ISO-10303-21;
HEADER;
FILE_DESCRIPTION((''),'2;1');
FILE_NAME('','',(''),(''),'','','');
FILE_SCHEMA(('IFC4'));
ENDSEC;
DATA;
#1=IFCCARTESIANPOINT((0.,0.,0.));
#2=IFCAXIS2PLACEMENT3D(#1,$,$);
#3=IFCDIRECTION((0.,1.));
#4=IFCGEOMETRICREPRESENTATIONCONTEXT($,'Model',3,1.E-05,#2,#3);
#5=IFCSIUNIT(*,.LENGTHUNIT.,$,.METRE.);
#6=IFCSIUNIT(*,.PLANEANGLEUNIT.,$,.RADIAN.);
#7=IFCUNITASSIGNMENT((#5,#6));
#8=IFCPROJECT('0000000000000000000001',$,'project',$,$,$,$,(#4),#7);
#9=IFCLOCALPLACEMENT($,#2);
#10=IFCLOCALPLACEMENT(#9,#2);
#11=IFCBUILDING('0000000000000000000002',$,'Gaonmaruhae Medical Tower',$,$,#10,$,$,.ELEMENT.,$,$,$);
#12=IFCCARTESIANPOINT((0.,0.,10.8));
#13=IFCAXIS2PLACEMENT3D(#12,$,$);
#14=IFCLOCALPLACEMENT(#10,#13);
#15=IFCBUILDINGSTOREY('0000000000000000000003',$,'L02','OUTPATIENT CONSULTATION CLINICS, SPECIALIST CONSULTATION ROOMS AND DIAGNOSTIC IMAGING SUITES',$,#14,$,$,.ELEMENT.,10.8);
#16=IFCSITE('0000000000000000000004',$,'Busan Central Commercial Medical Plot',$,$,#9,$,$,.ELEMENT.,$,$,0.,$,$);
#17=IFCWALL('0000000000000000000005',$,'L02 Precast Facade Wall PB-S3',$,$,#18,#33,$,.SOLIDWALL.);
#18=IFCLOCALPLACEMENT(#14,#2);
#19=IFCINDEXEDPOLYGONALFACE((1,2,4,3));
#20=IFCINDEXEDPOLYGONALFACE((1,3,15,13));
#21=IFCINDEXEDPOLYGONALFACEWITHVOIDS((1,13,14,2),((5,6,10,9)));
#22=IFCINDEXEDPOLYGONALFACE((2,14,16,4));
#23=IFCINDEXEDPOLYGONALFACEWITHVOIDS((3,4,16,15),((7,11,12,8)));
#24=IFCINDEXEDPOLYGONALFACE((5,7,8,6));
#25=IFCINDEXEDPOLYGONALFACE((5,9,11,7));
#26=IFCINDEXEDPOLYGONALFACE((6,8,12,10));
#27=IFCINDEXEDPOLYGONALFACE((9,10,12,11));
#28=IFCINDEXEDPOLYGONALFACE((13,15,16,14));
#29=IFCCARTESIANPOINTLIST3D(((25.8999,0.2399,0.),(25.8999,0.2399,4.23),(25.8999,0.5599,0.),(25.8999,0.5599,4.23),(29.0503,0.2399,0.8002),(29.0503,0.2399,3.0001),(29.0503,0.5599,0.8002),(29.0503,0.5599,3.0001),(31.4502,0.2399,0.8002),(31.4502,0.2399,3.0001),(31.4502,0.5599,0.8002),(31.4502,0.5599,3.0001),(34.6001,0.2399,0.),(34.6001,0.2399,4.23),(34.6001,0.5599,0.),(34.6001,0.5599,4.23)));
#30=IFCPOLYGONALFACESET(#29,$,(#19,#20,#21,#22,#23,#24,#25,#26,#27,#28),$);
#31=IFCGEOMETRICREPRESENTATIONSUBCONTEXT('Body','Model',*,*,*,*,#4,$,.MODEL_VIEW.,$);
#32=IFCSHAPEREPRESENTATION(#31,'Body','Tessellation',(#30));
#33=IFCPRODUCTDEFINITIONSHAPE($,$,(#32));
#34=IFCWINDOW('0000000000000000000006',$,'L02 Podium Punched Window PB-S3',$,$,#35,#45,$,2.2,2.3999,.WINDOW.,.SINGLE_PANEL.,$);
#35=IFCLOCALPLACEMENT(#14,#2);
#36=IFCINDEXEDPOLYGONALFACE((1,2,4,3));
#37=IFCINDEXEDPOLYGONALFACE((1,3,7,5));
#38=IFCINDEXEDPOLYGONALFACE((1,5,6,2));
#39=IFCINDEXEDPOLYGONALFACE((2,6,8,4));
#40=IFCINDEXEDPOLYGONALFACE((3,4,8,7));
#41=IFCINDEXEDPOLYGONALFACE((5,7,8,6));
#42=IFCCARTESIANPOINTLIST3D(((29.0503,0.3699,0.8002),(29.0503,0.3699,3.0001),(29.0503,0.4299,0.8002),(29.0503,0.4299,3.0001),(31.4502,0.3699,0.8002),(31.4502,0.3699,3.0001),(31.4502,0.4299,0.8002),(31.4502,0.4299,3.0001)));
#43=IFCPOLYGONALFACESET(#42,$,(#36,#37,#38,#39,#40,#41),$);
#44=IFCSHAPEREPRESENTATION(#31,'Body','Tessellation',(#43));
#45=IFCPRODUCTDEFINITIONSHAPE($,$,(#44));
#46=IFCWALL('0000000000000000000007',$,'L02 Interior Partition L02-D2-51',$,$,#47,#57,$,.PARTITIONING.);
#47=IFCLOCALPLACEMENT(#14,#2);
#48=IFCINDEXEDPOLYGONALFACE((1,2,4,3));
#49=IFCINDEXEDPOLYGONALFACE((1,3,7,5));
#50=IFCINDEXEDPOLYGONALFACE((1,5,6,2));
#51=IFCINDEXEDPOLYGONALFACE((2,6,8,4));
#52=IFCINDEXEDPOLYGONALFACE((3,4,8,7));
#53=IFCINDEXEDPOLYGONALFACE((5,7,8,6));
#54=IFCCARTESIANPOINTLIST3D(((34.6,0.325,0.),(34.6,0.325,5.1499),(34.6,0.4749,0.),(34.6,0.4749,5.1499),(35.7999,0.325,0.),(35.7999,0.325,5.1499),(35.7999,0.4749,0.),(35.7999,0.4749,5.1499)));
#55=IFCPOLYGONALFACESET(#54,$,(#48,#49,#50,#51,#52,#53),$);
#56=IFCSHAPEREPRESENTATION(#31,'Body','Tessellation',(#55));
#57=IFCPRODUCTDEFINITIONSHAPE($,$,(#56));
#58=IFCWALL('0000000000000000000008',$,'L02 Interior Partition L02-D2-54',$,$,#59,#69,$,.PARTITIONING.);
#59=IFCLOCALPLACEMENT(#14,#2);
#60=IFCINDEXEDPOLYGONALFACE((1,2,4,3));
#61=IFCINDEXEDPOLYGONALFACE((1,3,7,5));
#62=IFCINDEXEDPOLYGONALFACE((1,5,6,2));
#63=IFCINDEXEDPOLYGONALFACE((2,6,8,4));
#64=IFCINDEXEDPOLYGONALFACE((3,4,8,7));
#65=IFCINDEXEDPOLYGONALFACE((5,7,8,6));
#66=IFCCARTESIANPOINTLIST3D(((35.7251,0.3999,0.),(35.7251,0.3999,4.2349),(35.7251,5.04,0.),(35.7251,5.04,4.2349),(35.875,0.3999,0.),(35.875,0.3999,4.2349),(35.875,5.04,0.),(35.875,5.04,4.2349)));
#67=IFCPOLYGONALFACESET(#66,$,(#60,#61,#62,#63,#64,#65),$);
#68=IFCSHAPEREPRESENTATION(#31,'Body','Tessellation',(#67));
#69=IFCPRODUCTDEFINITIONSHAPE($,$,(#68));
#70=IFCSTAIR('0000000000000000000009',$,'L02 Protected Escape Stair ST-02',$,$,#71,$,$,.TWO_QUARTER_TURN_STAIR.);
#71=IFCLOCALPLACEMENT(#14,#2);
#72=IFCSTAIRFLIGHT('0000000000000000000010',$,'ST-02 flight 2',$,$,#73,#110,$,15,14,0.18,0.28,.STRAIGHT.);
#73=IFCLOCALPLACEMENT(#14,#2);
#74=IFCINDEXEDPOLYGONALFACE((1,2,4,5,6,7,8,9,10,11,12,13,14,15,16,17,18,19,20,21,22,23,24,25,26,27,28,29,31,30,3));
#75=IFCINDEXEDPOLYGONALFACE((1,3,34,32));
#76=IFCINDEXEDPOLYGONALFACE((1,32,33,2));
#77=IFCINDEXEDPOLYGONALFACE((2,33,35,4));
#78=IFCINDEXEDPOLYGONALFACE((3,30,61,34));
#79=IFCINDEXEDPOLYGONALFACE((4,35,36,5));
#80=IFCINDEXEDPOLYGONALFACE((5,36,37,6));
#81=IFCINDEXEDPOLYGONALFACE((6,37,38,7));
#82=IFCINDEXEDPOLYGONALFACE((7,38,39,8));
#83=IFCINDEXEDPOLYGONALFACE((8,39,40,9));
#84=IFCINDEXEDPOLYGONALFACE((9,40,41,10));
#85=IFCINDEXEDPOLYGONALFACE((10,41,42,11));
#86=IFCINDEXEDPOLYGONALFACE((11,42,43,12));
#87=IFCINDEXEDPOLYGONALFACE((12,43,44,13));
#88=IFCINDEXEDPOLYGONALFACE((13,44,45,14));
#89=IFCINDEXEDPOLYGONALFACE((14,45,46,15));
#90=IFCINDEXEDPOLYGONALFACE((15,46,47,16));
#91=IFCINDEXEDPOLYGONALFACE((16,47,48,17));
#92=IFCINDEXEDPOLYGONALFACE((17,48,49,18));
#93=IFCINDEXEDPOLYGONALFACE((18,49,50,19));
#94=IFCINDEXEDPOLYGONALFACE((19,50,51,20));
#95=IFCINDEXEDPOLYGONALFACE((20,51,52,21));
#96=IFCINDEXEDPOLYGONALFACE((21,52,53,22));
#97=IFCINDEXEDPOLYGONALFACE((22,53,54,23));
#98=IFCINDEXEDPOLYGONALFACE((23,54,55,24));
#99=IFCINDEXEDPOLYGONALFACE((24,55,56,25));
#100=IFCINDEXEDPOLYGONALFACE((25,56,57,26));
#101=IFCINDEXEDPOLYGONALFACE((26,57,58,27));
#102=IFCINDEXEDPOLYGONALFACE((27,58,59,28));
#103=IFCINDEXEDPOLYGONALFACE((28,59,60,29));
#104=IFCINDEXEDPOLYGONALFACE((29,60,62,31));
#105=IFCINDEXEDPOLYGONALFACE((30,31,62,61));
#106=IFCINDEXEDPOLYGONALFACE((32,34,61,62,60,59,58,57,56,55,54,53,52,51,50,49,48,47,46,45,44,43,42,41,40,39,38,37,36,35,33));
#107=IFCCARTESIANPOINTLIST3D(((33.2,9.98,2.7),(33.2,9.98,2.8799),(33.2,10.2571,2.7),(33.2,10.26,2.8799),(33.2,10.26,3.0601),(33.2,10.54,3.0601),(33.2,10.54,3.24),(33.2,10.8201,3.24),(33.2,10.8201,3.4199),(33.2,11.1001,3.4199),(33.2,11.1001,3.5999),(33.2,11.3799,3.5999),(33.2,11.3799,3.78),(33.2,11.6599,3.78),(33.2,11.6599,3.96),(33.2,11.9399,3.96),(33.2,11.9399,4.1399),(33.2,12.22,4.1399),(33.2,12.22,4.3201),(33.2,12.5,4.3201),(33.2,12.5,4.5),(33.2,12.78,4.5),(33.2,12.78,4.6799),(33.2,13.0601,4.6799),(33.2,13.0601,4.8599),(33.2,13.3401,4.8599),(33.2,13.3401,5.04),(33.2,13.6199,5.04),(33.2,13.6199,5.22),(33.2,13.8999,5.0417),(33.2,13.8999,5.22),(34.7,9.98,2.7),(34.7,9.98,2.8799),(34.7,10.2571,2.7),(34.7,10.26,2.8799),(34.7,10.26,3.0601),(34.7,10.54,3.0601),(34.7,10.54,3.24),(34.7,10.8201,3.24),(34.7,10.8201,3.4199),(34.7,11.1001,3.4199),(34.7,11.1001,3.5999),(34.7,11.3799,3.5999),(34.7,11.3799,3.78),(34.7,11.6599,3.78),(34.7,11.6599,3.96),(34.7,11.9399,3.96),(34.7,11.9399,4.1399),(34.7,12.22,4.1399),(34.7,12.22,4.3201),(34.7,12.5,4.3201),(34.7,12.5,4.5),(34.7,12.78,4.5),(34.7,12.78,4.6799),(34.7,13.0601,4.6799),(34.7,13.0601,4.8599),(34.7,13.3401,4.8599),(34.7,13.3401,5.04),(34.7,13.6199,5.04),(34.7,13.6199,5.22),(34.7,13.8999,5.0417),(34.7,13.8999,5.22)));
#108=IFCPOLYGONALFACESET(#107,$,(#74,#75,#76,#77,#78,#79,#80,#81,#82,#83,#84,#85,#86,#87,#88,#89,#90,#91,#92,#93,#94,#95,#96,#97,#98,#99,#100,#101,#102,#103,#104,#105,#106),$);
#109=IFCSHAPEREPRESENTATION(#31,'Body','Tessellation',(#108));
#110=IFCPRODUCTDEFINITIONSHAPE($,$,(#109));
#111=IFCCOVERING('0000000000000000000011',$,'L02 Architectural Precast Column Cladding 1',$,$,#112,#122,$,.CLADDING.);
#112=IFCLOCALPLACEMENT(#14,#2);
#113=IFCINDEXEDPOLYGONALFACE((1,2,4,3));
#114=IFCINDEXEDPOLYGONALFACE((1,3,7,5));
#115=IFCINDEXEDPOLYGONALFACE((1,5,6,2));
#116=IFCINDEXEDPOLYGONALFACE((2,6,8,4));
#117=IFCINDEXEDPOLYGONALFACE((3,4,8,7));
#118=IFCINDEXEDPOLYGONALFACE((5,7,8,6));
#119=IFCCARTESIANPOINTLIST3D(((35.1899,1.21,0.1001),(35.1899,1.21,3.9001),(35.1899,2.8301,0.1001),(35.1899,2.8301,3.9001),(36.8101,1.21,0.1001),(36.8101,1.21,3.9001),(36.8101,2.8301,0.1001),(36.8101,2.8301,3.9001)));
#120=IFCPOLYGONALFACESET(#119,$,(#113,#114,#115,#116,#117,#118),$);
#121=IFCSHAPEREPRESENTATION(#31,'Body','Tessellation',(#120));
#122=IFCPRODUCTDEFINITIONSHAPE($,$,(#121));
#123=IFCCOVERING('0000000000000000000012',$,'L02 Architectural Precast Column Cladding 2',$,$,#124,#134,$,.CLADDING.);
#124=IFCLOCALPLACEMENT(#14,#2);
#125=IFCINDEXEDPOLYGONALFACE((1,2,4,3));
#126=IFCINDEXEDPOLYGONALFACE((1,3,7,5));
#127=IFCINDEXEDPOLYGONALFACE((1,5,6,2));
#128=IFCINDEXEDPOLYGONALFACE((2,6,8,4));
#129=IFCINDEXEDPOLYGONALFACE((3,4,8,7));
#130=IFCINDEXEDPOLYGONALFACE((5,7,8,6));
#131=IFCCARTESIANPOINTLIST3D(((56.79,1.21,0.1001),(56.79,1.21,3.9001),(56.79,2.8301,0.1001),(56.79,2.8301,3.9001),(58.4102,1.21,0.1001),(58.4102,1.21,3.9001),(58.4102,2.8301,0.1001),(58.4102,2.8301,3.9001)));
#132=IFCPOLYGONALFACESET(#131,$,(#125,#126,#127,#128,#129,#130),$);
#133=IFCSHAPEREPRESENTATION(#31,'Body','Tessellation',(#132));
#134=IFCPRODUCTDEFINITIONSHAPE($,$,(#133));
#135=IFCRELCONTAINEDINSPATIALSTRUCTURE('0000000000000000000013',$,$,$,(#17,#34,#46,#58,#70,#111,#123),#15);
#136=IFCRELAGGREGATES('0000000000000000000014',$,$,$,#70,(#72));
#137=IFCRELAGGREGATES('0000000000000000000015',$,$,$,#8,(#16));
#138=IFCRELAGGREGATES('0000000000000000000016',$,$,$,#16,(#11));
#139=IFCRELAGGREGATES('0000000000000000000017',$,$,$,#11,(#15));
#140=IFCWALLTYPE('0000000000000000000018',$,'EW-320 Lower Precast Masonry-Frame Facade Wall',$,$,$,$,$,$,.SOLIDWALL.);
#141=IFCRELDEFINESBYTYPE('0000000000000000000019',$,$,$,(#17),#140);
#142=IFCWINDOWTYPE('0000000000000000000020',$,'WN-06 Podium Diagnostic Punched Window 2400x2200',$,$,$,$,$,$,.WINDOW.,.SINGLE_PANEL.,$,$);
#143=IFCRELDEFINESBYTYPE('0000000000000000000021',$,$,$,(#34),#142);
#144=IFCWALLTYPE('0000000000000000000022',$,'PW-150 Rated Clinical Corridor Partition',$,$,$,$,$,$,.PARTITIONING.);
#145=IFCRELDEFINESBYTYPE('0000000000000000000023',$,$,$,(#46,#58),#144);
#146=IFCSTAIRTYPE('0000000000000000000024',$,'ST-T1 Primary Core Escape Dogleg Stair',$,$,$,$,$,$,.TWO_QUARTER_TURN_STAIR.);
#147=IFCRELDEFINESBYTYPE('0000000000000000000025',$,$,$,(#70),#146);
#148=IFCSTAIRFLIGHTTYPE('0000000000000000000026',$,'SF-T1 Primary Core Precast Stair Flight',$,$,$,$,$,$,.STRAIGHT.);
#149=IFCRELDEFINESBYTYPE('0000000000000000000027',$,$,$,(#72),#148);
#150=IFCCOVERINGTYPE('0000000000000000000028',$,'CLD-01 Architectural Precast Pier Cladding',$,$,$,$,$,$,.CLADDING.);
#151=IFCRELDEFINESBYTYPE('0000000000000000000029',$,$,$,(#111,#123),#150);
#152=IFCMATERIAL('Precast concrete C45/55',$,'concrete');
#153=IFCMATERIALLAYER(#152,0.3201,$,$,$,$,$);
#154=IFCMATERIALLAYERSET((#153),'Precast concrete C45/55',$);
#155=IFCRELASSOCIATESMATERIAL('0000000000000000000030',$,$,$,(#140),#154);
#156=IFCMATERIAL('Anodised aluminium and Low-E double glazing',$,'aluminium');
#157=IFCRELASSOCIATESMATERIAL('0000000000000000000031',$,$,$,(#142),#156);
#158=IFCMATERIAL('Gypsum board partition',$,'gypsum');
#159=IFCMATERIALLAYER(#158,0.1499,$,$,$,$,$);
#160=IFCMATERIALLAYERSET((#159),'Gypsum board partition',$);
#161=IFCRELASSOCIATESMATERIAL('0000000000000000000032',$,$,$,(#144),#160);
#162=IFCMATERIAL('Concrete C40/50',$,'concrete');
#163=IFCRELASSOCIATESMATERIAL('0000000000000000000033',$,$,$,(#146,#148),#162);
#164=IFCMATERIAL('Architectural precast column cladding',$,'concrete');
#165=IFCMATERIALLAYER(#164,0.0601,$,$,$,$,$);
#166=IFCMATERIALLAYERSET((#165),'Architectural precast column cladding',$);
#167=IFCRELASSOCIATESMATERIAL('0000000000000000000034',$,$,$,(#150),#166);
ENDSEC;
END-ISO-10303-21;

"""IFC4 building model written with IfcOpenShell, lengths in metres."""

from ifc_helpers import new_model, si_unit, direction, frame, frame_2d, origin, origin_2d, place, context, subcontext, project, spatial, polyline, rectangle, outline, extrude, material, layer, layer_set, type_object, element, fill, aggregate, save


model = new_model("IFC4")

# Units and contexts
model_context = context("Model", 3, precision=1e-05, world=origin(), true_north=direction((0.0, 1.0)))
body_context = subcontext(model_context, "Body", "Model", "MODEL_VIEW")
ifc_project = project(units=[si_unit("LENGTHUNIT", "METRE"), si_unit("PLANEANGLEUNIT", "RADIAN")], contexts=[model_context])

# Site, building, storey
site_placement = place(None, origin())
site = spatial("IfcSite", under=ifc_project, at=site_placement, Name="Busan Central Commercial Medical Plot", CompositionType="ELEMENT", RefElevation=0.0)
building_placement = place(site_placement, origin())
building = spatial("IfcBuilding", under=site, at=building_placement, Name="Gaonmaruhae Medical Tower", CompositionType="ELEMENT")
storey_placement = place(building_placement, frame((0.0, 0.0, 10.8)))
storey = spatial("IfcBuildingStorey", under=building, at=storey_placement, Name="L02", Description="OUTPATIENT CONSULTATION CLINICS, SPECIALIST CONSULTATION ROOMS AND DIAGNOSTIC IMAGING SUITES", CompositionType="ELEMENT", Elevation=10.8)

# Shared definitions
ifc_material_1 = material(Name="Anodised aluminium and Low-E double glazing", Category="aluminium")

# Wall, opening, window
ifc_material_2 = material(Name="Precast concrete C45/55", Category="concrete")
ifc_layer_1 = layer(ifc_material_2, 0.3201)
ifc_layer_set_1 = layer_set([ifc_layer_1], Name="Precast concrete C45/55")
wall_type_1 = type_object("IfcWallType", Name="EW-320 Lower Precast Masonry-Frame Facade Wall", PredefinedType="SOLIDWALL", material=ifc_layer_set_1)
wall_1_placement = place(storey_placement, frame((34.6001, 0.3999, 0.0), z_axis=(0.0, 0.0, 1.0), x_axis=(-1.0, 0.0, 0.0)))
wall_1 = element("IfcWall", 1, at=wall_1_placement, inside=storey, type_object=wall_type_1, Name="L02 Precast Facade Wall PB-S3", PredefinedType="SOLIDWALL", context=body_context, shape_type="SweptSolid", body=[
    extrude(rectangle(XDim=8.7002, YDim=0.3201, at=frame_2d((4.3501, 0.0))), origin(), (0.0, 0.0, 1.0), 4.23),
])
opening_placement = place(wall_1_placement, frame((3.1499, 0.0, 0.8)))
opening = element("IfcOpeningElement", 2, at=opening_placement, cuts=wall_1, PredefinedType="OPENING", context=body_context, shape_type="SweptSolid", body=[
    extrude(rectangle(XDim=2.3999, YDim=2.2, at=frame_2d((1.2, 1.1001))), frame((0.0, 0.1699, 0.0), z_axis=(0.0, -1.0, 0.0), x_axis=(1.0, 0.0, 0.0)), (0.0, 0.0, 1.0), 0.3401),
])
window_type = type_object("IfcWindowType", Name="WN-06 Podium Diagnostic Punched Window 2400x2200", PartitioningType="SINGLE_PANEL", PredefinedType="WINDOW", material=ifc_material_1)
window_placement = place(opening_placement, origin())
window = element("IfcWindow", 3, at=window_placement, inside=storey, type_object=window_type, Name="L02 Podium Punched Window PB-S3", OverallHeight=2.2, OverallWidth=2.3999, PartitioningType="SINGLE_PANEL", PredefinedType="WINDOW", context=body_context, shape_type="SweptSolid", body=[
    extrude(rectangle(XDim=2.3999, YDim=2.2, at=frame_2d((1.2, 1.1001))), frame((0.0, 0.03, 0.0), z_axis=(0.0, -1.0, 0.0), x_axis=(1.0, 0.0, 0.0)), (0.0, 0.0, 1.0), 0.0601),
])
fill(opening, window)

# Walls
ifc_material_3 = material(Name="Gypsum board partition", Category="gypsum")
ifc_layer_2 = layer(ifc_material_3, 0.1499)
ifc_layer_set_2 = layer_set([ifc_layer_2], Name="Gypsum board partition")
wall_type_2 = type_object("IfcWallType", Name="PW-150 Rated Clinical Corridor Partition", PredefinedType="PARTITIONING", material=ifc_layer_set_2)
wall_2_placement = place(storey_placement, frame((35.8, 0.3999, 0.0), z_axis=(0.0, 0.0, 1.0), x_axis=(-1.0, 0.0, 0.0)))
element("IfcWall", 4, at=wall_2_placement, inside=storey, type_object=wall_type_2, Name="L02 Interior Partition L02-D2-51", PredefinedType="PARTITIONING", context=body_context, shape_type="SweptSolid", body=[
    extrude(rectangle(XDim=1.2, YDim=0.1499, at=frame_2d((0.6001, 0.0))), origin(), (0.0, 0.0, 1.0), 5.1499),
])
wall_3_placement = place(storey_placement, frame((35.8, 5.04, 0.0), z_axis=(0.0, 0.0, 1.0), x_axis=(0.0, -1.0, 0.0)))
element("IfcWall", 5, at=wall_3_placement, inside=storey, type_object=wall_type_2, Name="L02 Interior Partition L02-D2-54", PredefinedType="PARTITIONING", context=body_context, shape_type="SweptSolid", body=[
    extrude(rectangle(XDim=4.6401, YDim=0.1499, at=frame_2d((2.3201, 0.0))), origin(), (0.0, 0.0, 1.0), 4.2349),
])

# Stair, stair flight
ifc_material_4 = material(Name="Concrete C40/50", Category="concrete")
stair_type = type_object("IfcStairType", Name="ST-T1 Primary Core Escape Dogleg Stair", PredefinedType="TWO_QUARTER_TURN_STAIR", material=ifc_material_4)
stair_placement = place(storey_placement, origin())
stair = element("IfcStair", 6, at=stair_placement, inside=storey, type_object=stair_type, Name="L02 Protected Escape Stair ST-02", PredefinedType="TWO_QUARTER_TURN_STAIR")
stair_flight_type = type_object("IfcStairFlightType", Name="SF-T1 Primary Core Precast Stair Flight", PredefinedType="STRAIGHT", material=ifc_material_4)
stair_flight_placement = place(storey_placement, frame((33.95, 9.98, 2.7), z_axis=(0.0, 0.0, 1.0), x_axis=(0.0, 1.0, 0.0)))
stair_flight = element("IfcStairFlight", 7, at=stair_flight_placement, type_object=stair_flight_type, Name="ST-02 flight 2", NumberOfRisers=15, NumberOfTreads=14, PredefinedType="STRAIGHT", RiserHeight=0.18, TreadLength=0.28, context=body_context, shape_type="SweptSolid", body=[
    extrude(outline(polyline([(0.0, 0.0), (0.0, 0.1799), (0.28, 0.1799), (0.28, 0.3601), (0.5601, 0.3601), (0.5601, 0.54), (0.8401, 0.54), (0.8401, 0.72), (1.1201, 0.72), (1.1201, 0.8999), (1.3999, 0.8999), (1.3999, 1.0801), (1.6799, 1.0801), (1.6799, 1.26), (1.96, 1.26), (1.96, 1.4399), (2.24, 1.4399), (2.24, 1.6201), (2.52, 1.6201), (2.52, 1.8), (2.8, 1.8), (2.8, 1.98), (3.0801, 1.98), (3.0801, 2.1599), (3.3601, 2.1599), (3.3601, 2.3401), (3.6399, 2.3401), (3.6399, 2.52), (3.9199, 2.52), (3.9199, 2.7), (3.9199, 2.3418), (0.2771, 0.0), (0.0, 0.0)])), frame((0.0, 0.75, 0.0), z_axis=(0.0, -1.0, 0.0), x_axis=(1.0, 0.0, 0.0)), (0.0, 0.0, 1.0), 1.5),
])
aggregate(stair, [stair_flight])

# Coverings
ifc_material_5 = material(Name="Architectural precast column cladding", Category="concrete")
ifc_layer_3 = layer(ifc_material_5, 0.0601)
ifc_layer_set_3 = layer_set([ifc_layer_3], Name="Architectural precast column cladding")
covering_type = type_object("IfcCoveringType", Name="CLD-01 Architectural Precast Pier Cladding", PredefinedType="CLADDING", material=ifc_layer_set_3)
for number, where, z_axis, x_axis, name in (
    (8, (36.0, 2.02, 0.1001), (0.0, 0.0, 1.0), (1.0, 0.0, 0.0), "L02 Architectural Precast Column Cladding 1"),
    (9, (57.6001, 2.02, 0.1001), (0.0, 0.0, 1.0), (1.0, 0.0, 0.0), "L02 Architectural Precast Column Cladding 2"),
):
    element("IfcCovering", number, at=place(storey_placement, frame(where, z_axis=z_axis, x_axis=x_axis)), inside=storey, type_object=covering_type, Name=name, PredefinedType="CLADDING", context=body_context, shape_type="SweptSolid", body=[
        extrude(rectangle(XDim=1.6201, YDim=1.6201, at=origin_2d()), origin(), (0.0, 0.0, 1.0), 3.8),
    ])

save(model, "model.ifc")
